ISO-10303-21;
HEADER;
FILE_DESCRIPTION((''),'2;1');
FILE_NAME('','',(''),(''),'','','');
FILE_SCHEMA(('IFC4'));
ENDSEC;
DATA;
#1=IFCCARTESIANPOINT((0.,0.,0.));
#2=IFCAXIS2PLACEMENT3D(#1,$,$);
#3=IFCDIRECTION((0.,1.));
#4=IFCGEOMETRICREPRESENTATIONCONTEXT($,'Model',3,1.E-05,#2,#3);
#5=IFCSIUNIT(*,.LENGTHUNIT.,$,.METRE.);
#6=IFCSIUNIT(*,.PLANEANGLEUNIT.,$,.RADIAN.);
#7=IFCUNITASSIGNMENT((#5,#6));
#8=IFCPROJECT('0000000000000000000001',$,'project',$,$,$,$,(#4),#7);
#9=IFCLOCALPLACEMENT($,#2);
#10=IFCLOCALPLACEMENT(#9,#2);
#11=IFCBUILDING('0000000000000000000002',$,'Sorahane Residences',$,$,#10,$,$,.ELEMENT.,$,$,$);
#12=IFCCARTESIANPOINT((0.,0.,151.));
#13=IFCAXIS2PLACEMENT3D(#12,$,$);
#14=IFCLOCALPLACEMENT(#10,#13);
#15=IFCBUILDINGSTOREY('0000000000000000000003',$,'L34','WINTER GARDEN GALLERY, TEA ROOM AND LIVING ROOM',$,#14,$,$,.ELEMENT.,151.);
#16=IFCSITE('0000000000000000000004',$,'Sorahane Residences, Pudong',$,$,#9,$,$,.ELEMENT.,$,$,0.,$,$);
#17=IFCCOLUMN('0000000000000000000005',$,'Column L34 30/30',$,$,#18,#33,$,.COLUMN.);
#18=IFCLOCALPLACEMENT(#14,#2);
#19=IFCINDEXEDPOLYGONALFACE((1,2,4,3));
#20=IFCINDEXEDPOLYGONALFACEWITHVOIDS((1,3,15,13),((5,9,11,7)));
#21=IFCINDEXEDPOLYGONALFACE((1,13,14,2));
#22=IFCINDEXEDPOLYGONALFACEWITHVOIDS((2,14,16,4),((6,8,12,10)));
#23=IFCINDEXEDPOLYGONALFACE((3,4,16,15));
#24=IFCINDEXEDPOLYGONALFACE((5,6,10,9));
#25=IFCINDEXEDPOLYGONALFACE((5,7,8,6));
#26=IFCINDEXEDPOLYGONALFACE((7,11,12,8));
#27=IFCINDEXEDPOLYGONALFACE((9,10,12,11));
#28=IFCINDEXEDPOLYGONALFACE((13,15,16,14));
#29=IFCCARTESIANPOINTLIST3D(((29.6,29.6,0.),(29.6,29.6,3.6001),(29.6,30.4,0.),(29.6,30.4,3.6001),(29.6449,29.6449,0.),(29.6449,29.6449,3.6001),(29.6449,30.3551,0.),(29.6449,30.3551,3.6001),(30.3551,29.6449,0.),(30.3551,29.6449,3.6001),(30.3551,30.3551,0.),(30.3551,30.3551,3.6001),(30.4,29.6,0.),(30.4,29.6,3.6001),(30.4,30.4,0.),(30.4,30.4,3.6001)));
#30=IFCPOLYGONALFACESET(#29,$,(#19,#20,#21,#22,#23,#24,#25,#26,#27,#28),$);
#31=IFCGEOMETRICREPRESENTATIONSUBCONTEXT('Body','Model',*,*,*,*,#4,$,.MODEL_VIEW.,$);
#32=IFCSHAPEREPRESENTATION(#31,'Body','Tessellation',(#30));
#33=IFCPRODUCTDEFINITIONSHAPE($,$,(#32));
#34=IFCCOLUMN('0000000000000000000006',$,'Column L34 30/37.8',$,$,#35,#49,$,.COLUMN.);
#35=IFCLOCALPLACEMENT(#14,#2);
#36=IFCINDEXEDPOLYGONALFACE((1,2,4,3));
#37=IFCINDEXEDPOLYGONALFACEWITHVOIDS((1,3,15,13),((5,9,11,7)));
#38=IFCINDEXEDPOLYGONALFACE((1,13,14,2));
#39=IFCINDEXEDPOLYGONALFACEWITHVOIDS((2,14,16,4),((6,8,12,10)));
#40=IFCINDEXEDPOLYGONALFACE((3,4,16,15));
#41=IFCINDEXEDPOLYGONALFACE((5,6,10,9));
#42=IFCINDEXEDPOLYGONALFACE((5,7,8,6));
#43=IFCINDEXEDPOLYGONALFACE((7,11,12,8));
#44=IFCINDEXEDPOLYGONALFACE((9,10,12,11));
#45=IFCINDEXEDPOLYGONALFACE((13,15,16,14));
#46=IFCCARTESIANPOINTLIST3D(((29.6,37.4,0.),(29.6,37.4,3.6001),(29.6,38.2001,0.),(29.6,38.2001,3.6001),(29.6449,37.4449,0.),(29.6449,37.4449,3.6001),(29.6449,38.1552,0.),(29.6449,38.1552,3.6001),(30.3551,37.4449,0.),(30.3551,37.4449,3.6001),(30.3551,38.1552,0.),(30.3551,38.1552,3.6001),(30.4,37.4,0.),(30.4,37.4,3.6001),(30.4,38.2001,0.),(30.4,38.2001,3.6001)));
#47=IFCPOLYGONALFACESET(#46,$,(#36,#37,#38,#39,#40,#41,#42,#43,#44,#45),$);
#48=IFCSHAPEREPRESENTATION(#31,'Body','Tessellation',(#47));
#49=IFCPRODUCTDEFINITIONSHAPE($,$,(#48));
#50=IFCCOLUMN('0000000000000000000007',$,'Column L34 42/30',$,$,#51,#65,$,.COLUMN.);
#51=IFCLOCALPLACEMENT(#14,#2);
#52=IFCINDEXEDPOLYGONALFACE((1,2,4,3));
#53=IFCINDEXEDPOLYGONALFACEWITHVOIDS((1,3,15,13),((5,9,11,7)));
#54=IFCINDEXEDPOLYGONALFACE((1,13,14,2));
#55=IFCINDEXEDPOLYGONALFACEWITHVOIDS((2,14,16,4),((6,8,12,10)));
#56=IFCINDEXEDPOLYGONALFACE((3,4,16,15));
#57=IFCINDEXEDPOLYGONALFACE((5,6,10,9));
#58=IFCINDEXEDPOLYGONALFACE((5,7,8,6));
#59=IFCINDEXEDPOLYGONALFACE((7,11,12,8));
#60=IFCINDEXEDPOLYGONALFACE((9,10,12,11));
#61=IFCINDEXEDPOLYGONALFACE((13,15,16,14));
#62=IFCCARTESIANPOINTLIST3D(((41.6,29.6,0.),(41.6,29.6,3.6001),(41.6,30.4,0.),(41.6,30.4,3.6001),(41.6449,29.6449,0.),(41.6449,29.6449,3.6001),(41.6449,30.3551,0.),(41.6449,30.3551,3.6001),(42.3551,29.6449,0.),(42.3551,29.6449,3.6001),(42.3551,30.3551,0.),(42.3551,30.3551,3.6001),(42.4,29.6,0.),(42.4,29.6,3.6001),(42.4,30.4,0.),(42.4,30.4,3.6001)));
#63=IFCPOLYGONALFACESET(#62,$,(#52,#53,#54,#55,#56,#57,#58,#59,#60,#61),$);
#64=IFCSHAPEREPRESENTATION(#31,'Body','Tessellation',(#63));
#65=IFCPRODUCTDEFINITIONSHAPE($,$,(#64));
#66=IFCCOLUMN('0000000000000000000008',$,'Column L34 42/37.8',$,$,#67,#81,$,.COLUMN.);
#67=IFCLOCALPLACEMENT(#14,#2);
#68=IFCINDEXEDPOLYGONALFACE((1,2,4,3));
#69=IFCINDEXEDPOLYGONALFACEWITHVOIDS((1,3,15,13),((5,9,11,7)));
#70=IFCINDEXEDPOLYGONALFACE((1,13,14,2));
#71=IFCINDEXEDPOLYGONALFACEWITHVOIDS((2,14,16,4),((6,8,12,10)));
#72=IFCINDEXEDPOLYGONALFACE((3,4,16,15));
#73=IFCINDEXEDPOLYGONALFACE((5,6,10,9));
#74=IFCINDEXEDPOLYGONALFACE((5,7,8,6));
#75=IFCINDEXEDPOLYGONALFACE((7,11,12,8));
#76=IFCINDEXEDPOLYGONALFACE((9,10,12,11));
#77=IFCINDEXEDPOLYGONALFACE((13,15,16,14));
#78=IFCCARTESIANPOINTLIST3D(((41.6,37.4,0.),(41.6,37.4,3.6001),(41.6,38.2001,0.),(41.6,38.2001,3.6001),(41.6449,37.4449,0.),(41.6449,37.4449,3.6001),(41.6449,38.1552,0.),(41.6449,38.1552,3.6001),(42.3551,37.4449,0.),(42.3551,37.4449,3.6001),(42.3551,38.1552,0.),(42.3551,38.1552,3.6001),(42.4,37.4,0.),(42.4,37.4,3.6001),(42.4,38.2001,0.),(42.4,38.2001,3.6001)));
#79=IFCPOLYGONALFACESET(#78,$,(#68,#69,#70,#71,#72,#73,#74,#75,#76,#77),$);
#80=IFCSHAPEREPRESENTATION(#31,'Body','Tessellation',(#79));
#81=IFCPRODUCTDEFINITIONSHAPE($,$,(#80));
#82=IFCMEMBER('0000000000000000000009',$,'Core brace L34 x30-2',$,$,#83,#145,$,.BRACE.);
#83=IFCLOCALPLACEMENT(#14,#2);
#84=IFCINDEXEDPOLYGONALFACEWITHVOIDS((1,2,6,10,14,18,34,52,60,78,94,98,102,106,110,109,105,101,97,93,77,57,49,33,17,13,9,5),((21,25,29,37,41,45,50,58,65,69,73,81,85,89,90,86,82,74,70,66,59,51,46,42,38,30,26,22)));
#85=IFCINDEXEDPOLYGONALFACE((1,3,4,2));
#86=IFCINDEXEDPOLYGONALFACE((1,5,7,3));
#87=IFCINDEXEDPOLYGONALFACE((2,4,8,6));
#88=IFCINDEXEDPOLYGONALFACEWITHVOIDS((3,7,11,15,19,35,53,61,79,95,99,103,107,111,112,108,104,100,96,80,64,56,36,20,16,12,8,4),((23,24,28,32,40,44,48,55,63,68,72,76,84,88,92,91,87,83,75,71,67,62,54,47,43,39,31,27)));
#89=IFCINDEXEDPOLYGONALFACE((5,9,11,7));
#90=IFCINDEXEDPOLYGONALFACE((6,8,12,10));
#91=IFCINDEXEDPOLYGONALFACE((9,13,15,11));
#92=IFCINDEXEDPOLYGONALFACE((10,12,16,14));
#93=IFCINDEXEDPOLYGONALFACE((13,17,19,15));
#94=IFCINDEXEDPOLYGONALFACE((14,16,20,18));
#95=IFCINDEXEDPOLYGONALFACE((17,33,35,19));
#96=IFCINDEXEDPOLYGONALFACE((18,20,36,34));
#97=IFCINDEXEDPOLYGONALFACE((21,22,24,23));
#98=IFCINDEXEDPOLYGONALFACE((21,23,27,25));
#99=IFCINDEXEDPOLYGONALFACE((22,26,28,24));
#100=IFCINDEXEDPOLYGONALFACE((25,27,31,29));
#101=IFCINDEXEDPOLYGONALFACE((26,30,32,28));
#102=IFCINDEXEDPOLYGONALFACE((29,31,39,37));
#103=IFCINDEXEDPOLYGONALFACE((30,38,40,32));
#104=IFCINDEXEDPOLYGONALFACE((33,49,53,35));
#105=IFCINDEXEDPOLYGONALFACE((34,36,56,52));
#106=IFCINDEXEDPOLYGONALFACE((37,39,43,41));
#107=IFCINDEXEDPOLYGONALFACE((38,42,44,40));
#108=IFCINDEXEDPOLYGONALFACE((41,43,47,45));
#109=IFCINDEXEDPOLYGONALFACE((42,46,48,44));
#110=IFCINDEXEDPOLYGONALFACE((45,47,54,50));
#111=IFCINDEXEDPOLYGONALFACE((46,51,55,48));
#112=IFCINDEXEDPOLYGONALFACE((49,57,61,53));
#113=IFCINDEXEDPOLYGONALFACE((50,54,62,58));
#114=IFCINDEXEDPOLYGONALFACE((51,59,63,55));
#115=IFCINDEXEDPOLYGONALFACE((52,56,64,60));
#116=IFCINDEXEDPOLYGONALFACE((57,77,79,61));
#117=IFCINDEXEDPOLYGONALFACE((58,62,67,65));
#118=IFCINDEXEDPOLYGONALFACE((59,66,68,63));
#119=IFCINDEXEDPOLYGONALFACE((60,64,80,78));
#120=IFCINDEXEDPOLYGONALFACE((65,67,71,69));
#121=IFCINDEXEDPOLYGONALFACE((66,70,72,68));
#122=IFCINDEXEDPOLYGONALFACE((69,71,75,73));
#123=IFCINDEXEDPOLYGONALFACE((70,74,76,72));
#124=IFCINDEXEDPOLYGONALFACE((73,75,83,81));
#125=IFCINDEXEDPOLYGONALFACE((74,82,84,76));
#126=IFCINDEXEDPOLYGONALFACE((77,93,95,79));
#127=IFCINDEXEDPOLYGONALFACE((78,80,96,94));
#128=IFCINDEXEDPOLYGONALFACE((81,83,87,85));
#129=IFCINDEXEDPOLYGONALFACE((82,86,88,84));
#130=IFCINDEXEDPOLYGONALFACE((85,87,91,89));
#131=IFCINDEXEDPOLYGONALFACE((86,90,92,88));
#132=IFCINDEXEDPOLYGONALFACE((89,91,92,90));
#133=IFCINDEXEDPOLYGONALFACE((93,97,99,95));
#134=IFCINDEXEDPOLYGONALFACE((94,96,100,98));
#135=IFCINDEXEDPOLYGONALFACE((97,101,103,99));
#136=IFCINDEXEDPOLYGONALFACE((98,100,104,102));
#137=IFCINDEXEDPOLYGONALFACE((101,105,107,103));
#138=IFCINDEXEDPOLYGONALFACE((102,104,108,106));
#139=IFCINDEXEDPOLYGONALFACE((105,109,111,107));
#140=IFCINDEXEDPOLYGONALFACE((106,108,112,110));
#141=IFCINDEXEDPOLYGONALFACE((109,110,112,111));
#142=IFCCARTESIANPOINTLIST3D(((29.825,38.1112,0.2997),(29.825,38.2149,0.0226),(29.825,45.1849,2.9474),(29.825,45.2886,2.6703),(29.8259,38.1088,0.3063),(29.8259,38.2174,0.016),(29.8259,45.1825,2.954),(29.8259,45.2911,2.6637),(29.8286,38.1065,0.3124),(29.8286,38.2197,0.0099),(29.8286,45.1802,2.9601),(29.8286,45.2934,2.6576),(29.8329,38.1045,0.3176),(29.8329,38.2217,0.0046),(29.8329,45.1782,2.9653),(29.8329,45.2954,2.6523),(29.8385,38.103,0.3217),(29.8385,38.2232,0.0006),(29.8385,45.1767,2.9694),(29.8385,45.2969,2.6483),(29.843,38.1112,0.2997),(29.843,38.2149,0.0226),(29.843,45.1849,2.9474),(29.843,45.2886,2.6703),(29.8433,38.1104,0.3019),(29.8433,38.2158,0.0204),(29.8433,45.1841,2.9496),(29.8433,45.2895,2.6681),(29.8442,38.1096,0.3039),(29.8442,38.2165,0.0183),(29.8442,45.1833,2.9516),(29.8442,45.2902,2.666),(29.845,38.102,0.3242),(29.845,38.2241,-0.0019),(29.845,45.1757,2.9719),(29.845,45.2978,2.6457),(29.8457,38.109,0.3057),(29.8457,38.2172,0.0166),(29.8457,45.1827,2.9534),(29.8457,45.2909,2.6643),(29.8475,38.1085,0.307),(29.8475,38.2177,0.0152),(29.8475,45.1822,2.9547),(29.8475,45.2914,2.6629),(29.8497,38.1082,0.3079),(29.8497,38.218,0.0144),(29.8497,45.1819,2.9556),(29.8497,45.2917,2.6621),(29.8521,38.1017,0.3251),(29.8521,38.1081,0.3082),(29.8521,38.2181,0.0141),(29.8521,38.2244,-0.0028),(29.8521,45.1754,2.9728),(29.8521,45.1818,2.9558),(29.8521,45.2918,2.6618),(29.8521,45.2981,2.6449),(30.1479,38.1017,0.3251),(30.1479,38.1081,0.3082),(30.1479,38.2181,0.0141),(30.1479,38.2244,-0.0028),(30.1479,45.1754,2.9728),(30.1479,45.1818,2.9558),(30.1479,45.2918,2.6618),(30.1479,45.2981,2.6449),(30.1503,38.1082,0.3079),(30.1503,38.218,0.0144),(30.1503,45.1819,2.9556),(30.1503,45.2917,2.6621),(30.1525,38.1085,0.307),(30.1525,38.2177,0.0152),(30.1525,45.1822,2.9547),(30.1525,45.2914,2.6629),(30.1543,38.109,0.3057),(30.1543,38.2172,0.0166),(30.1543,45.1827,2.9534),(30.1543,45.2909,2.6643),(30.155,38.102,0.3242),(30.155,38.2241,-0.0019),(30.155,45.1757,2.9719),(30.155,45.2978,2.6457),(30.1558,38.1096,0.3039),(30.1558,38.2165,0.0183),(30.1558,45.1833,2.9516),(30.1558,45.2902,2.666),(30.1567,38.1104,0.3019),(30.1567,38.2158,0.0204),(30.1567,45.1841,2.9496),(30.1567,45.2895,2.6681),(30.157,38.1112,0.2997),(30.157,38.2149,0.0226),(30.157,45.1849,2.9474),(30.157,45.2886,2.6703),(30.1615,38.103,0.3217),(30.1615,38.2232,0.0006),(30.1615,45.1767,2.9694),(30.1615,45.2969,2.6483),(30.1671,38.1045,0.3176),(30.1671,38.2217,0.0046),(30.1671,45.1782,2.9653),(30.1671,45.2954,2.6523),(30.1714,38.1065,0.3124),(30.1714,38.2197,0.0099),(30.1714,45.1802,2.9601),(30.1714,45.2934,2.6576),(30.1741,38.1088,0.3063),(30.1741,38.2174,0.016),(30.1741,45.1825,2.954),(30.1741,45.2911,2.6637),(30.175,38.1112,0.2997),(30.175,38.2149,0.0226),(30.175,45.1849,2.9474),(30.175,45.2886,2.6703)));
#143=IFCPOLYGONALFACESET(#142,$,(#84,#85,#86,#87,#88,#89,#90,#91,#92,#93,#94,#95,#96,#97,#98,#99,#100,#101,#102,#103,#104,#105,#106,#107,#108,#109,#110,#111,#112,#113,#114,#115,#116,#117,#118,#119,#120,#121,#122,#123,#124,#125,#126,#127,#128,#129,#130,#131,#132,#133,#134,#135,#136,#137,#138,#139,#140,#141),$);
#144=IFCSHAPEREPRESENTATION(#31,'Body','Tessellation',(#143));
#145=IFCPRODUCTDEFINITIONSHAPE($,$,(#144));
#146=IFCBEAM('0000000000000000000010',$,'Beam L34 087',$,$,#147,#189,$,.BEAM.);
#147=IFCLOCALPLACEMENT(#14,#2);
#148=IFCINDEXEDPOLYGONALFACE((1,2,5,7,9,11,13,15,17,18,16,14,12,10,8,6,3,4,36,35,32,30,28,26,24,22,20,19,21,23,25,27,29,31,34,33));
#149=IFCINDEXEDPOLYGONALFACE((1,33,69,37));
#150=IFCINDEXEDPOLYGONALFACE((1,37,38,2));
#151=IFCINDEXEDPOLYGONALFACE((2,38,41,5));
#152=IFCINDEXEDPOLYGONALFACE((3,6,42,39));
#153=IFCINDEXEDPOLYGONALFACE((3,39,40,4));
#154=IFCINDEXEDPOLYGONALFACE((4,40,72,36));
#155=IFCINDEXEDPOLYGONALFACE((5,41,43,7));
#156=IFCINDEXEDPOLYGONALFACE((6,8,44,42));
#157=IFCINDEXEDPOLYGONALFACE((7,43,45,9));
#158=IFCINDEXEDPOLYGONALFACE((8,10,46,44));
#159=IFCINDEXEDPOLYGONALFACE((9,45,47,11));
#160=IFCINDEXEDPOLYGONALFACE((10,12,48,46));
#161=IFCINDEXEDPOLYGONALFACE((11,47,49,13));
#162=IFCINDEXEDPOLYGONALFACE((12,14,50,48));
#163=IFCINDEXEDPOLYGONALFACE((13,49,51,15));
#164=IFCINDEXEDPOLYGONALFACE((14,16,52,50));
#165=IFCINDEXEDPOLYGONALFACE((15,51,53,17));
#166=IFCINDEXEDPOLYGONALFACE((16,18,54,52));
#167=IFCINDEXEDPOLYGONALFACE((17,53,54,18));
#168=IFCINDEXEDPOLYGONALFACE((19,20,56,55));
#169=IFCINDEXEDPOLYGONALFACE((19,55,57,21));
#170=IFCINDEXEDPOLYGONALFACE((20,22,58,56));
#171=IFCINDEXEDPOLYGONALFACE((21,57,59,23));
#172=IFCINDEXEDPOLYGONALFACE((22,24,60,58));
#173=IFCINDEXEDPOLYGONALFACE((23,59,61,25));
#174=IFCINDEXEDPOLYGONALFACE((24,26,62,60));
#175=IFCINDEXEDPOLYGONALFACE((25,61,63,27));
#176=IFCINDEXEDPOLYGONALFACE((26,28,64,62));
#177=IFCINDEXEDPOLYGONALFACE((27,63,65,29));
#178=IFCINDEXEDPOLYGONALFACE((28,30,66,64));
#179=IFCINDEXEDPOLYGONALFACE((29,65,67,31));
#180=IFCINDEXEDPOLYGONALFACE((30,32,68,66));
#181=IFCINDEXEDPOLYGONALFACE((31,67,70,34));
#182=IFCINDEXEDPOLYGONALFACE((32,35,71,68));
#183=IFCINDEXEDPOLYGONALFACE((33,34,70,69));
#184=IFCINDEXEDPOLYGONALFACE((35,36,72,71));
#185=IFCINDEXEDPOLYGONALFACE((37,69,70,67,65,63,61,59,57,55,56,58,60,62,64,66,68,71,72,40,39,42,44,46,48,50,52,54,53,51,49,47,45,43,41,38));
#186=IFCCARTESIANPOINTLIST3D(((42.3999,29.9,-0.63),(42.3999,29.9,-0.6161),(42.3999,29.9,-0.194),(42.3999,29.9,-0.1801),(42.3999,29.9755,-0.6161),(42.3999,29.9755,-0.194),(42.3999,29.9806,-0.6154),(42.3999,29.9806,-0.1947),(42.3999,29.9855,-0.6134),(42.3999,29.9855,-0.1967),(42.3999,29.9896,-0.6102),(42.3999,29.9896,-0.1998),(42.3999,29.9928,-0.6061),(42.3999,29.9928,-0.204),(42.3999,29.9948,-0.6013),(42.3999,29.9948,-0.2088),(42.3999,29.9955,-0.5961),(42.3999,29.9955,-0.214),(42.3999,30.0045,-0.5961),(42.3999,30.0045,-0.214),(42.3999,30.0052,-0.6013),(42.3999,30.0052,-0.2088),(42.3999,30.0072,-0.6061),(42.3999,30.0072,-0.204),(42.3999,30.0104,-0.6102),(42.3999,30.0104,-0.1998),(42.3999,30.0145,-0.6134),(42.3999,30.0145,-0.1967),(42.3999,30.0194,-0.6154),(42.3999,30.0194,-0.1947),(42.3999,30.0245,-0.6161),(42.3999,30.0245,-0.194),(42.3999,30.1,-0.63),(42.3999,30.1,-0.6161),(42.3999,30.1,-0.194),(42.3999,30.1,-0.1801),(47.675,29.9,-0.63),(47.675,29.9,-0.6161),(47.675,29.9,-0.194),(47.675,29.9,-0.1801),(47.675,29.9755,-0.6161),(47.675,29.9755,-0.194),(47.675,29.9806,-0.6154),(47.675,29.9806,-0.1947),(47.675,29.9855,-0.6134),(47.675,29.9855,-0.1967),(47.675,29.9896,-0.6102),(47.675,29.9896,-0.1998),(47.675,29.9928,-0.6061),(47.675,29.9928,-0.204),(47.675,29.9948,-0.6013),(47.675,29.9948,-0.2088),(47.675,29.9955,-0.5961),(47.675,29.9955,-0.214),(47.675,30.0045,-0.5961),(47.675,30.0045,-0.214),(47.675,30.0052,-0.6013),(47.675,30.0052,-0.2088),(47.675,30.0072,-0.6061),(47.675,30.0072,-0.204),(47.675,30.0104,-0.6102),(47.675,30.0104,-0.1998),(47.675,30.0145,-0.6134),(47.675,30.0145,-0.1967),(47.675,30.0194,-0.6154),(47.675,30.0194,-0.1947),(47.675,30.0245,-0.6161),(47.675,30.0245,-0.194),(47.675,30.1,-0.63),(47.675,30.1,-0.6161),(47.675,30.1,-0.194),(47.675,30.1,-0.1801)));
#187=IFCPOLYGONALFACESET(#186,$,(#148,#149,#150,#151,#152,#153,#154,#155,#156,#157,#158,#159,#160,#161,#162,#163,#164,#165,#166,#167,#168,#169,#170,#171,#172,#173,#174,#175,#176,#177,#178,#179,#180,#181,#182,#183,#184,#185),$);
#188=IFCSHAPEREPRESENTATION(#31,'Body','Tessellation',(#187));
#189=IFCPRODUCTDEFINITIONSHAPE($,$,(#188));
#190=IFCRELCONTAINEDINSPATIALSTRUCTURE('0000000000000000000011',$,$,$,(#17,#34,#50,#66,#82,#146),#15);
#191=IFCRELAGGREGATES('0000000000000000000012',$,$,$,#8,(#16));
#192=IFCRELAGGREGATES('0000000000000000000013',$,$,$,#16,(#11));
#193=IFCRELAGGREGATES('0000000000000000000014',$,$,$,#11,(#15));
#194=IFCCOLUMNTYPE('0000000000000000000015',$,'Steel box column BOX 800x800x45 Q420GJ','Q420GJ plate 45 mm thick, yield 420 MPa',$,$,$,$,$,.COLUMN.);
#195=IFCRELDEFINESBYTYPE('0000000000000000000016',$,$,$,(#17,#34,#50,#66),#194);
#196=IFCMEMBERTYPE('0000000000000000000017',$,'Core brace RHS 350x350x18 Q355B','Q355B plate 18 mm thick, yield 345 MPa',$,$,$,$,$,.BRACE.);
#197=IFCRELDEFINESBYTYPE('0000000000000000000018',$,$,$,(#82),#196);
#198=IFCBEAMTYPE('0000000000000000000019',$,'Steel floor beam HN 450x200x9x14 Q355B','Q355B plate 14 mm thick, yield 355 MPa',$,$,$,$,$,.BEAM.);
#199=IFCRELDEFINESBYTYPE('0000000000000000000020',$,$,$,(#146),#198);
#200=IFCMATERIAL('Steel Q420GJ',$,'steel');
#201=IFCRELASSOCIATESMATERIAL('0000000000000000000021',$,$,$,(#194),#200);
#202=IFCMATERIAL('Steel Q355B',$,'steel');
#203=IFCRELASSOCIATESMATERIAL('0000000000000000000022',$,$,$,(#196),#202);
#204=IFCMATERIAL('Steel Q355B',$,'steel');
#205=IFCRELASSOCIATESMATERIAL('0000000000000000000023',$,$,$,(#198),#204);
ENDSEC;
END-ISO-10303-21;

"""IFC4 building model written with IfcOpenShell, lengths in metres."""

from ifc_helpers import new_model, si_unit, direction, frame, origin, origin_2d, place, context, subcontext, project, spatial, hollow_rectangle, i_section, extrude, material, material_profile, profile_set, type_object, element, save


model = new_model("IFC4")

# Units and contexts
model_context = context("Model", 3, precision=1e-05, world=origin(), true_north=direction((0.0, 1.0)))
body_context = subcontext(model_context, "Body", "Model", "MODEL_VIEW")
ifc_project = project(units=[si_unit("LENGTHUNIT", "METRE"), si_unit("PLANEANGLEUNIT", "RADIAN")], contexts=[model_context])

# Site, building, storey
site_placement = place(None, origin())
site = spatial("IfcSite", under=ifc_project, at=site_placement, Name="Sorahane Residences, Pudong", CompositionType="ELEMENT", RefElevation=0.0)
building_placement = place(site_placement, origin())
building = spatial("IfcBuilding", under=site, at=building_placement, Name="Sorahane Residences", CompositionType="ELEMENT")
storey_placement = place(building_placement, frame((0.0, 0.0, 151.0)))
storey = spatial("IfcBuildingStorey", under=building, at=storey_placement, Name="L34", Description="WINTER GARDEN GALLERY, TEA ROOM AND LIVING ROOM", CompositionType="ELEMENT", Elevation=151.0)

# Columns
ifc_material_1 = material(Name="Steel Q420GJ", Category="steel")
ifc_material_profile_1 = material_profile(ifc_material_1, hollow_rectangle(XDim=0.8, YDim=0.8, WallThickness=0.0449, at=origin_2d()), Name="BOX 800x800x45")
ifc_profile_set_1 = profile_set([ifc_material_profile_1], Name="Steel Q420GJ")
column_type = type_object("IfcColumnType", Name="Steel box column BOX 800x800x45 Q420GJ", Description="Q420GJ plate 45 mm thick, yield 420 MPa", PredefinedType="COLUMN", material=ifc_profile_set_1)
for number, where, z_axis, x_axis, name in (
    (1, (30.0, 30.0, 0.0), (0.0, 0.0, 1.0), (1.0, 0.0, 0.0), "Column L34 30/30"),
    (2, (30.0, 37.8, 0.0), (0.0, 0.0, 1.0), (1.0, 0.0, 0.0), "Column L34 30/37.8"),
    (3, (42.0, 30.0, 0.0), (0.0, 0.0, 1.0), (1.0, 0.0, 0.0), "Column L34 42/30"),
    (4, (42.0, 37.8, 0.0), (0.0, 0.0, 1.0), (1.0, 0.0, 0.0), "Column L34 42/37.8"),
):
    element("IfcColumn", number, at=place(storey_placement, frame(where, z_axis=z_axis, x_axis=x_axis)), inside=storey, type_object=column_type, Name=name, PredefinedType="COLUMN", context=body_context, shape_type="SweptSolid", body=[
        extrude(hollow_rectangle(XDim=0.8, YDim=0.8, WallThickness=0.0449, at=origin_2d()), origin(), (0.0, 0.0, 1.0), 3.6001),
    ])

# Member
ifc_material_2 = material(Name="Steel Q355B", Category="steel")
ifc_material_profile_2 = material_profile(ifc_material_2, hollow_rectangle(XDim=0.3501, YDim=0.3501, WallThickness=0.0181, InnerFilletRadius=0.009, OuterFilletRadius=0.0271, at=origin_2d()), Name="RHS 350x350x18")
ifc_profile_set_2 = profile_set([ifc_material_profile_2], Name="Steel Q355B")
member_type = type_object("IfcMemberType", Name="Core brace RHS 350x350x18 Q355B", Description="Q355B plate 18 mm thick, yield 345 MPa", PredefinedType="BRACE", material=ifc_profile_set_2)
member_placement = place(storey_placement, frame((30.0, 38.1631, 0.1611), z_axis=(0.0, 0.936544, 0.35055), x_axis=(-1.0, 0.0, 0.0)))
element("IfcMember", 5, at=member_placement, inside=storey, type_object=member_type, Name="Core brace L34 x30-2", PredefinedType="BRACE", context=body_context, shape_type="SweptSolid", body=[
    extrude(hollow_rectangle(XDim=0.3501, YDim=0.3501, WallThickness=0.0181, InnerFilletRadius=0.009, OuterFilletRadius=0.0271, at=origin_2d()), origin(), (0.0, 0.0, 1.0), 7.553),
])

# Beam
ifc_material_3 = material(Name="Steel Q355B", Category="steel")
ifc_material_profile_3 = material_profile(ifc_material_3, i_section(OverallWidth=0.2, OverallDepth=0.45, WebThickness=0.009, FlangeThickness=0.0139, FilletRadius=0.02, at=origin_2d()), Name="HN 450x200x9x14")
ifc_profile_set_3 = profile_set([ifc_material_profile_3], Name="Steel Q355B")
beam_type_1 = type_object("IfcBeamType", Name="Steel floor beam HN 450x200x9x14 Q355B", Description="Q355B plate 14 mm thick, yield 355 MPa", PredefinedType="BEAM", material=ifc_profile_set_3)
beam_placement = place(storey_placement, frame((42.3999, 30.0, -0.405), z_axis=(1.0, 0.0, 0.0), x_axis=(0.0, 1.0, 0.0)))
element("IfcBeam", 6, at=beam_placement, inside=storey, type_object=beam_type_1, Name="Beam L34 087", PredefinedType="BEAM", context=body_context, shape_type="SweptSolid", body=[
    extrude(i_section(OverallWidth=0.2, OverallDepth=0.45, WebThickness=0.009, FlangeThickness=0.0139, FilletRadius=0.02, at=origin_2d()), origin(), (0.0, 0.0, 1.0), 5.2751),
])

save(model, "model.ifc")
